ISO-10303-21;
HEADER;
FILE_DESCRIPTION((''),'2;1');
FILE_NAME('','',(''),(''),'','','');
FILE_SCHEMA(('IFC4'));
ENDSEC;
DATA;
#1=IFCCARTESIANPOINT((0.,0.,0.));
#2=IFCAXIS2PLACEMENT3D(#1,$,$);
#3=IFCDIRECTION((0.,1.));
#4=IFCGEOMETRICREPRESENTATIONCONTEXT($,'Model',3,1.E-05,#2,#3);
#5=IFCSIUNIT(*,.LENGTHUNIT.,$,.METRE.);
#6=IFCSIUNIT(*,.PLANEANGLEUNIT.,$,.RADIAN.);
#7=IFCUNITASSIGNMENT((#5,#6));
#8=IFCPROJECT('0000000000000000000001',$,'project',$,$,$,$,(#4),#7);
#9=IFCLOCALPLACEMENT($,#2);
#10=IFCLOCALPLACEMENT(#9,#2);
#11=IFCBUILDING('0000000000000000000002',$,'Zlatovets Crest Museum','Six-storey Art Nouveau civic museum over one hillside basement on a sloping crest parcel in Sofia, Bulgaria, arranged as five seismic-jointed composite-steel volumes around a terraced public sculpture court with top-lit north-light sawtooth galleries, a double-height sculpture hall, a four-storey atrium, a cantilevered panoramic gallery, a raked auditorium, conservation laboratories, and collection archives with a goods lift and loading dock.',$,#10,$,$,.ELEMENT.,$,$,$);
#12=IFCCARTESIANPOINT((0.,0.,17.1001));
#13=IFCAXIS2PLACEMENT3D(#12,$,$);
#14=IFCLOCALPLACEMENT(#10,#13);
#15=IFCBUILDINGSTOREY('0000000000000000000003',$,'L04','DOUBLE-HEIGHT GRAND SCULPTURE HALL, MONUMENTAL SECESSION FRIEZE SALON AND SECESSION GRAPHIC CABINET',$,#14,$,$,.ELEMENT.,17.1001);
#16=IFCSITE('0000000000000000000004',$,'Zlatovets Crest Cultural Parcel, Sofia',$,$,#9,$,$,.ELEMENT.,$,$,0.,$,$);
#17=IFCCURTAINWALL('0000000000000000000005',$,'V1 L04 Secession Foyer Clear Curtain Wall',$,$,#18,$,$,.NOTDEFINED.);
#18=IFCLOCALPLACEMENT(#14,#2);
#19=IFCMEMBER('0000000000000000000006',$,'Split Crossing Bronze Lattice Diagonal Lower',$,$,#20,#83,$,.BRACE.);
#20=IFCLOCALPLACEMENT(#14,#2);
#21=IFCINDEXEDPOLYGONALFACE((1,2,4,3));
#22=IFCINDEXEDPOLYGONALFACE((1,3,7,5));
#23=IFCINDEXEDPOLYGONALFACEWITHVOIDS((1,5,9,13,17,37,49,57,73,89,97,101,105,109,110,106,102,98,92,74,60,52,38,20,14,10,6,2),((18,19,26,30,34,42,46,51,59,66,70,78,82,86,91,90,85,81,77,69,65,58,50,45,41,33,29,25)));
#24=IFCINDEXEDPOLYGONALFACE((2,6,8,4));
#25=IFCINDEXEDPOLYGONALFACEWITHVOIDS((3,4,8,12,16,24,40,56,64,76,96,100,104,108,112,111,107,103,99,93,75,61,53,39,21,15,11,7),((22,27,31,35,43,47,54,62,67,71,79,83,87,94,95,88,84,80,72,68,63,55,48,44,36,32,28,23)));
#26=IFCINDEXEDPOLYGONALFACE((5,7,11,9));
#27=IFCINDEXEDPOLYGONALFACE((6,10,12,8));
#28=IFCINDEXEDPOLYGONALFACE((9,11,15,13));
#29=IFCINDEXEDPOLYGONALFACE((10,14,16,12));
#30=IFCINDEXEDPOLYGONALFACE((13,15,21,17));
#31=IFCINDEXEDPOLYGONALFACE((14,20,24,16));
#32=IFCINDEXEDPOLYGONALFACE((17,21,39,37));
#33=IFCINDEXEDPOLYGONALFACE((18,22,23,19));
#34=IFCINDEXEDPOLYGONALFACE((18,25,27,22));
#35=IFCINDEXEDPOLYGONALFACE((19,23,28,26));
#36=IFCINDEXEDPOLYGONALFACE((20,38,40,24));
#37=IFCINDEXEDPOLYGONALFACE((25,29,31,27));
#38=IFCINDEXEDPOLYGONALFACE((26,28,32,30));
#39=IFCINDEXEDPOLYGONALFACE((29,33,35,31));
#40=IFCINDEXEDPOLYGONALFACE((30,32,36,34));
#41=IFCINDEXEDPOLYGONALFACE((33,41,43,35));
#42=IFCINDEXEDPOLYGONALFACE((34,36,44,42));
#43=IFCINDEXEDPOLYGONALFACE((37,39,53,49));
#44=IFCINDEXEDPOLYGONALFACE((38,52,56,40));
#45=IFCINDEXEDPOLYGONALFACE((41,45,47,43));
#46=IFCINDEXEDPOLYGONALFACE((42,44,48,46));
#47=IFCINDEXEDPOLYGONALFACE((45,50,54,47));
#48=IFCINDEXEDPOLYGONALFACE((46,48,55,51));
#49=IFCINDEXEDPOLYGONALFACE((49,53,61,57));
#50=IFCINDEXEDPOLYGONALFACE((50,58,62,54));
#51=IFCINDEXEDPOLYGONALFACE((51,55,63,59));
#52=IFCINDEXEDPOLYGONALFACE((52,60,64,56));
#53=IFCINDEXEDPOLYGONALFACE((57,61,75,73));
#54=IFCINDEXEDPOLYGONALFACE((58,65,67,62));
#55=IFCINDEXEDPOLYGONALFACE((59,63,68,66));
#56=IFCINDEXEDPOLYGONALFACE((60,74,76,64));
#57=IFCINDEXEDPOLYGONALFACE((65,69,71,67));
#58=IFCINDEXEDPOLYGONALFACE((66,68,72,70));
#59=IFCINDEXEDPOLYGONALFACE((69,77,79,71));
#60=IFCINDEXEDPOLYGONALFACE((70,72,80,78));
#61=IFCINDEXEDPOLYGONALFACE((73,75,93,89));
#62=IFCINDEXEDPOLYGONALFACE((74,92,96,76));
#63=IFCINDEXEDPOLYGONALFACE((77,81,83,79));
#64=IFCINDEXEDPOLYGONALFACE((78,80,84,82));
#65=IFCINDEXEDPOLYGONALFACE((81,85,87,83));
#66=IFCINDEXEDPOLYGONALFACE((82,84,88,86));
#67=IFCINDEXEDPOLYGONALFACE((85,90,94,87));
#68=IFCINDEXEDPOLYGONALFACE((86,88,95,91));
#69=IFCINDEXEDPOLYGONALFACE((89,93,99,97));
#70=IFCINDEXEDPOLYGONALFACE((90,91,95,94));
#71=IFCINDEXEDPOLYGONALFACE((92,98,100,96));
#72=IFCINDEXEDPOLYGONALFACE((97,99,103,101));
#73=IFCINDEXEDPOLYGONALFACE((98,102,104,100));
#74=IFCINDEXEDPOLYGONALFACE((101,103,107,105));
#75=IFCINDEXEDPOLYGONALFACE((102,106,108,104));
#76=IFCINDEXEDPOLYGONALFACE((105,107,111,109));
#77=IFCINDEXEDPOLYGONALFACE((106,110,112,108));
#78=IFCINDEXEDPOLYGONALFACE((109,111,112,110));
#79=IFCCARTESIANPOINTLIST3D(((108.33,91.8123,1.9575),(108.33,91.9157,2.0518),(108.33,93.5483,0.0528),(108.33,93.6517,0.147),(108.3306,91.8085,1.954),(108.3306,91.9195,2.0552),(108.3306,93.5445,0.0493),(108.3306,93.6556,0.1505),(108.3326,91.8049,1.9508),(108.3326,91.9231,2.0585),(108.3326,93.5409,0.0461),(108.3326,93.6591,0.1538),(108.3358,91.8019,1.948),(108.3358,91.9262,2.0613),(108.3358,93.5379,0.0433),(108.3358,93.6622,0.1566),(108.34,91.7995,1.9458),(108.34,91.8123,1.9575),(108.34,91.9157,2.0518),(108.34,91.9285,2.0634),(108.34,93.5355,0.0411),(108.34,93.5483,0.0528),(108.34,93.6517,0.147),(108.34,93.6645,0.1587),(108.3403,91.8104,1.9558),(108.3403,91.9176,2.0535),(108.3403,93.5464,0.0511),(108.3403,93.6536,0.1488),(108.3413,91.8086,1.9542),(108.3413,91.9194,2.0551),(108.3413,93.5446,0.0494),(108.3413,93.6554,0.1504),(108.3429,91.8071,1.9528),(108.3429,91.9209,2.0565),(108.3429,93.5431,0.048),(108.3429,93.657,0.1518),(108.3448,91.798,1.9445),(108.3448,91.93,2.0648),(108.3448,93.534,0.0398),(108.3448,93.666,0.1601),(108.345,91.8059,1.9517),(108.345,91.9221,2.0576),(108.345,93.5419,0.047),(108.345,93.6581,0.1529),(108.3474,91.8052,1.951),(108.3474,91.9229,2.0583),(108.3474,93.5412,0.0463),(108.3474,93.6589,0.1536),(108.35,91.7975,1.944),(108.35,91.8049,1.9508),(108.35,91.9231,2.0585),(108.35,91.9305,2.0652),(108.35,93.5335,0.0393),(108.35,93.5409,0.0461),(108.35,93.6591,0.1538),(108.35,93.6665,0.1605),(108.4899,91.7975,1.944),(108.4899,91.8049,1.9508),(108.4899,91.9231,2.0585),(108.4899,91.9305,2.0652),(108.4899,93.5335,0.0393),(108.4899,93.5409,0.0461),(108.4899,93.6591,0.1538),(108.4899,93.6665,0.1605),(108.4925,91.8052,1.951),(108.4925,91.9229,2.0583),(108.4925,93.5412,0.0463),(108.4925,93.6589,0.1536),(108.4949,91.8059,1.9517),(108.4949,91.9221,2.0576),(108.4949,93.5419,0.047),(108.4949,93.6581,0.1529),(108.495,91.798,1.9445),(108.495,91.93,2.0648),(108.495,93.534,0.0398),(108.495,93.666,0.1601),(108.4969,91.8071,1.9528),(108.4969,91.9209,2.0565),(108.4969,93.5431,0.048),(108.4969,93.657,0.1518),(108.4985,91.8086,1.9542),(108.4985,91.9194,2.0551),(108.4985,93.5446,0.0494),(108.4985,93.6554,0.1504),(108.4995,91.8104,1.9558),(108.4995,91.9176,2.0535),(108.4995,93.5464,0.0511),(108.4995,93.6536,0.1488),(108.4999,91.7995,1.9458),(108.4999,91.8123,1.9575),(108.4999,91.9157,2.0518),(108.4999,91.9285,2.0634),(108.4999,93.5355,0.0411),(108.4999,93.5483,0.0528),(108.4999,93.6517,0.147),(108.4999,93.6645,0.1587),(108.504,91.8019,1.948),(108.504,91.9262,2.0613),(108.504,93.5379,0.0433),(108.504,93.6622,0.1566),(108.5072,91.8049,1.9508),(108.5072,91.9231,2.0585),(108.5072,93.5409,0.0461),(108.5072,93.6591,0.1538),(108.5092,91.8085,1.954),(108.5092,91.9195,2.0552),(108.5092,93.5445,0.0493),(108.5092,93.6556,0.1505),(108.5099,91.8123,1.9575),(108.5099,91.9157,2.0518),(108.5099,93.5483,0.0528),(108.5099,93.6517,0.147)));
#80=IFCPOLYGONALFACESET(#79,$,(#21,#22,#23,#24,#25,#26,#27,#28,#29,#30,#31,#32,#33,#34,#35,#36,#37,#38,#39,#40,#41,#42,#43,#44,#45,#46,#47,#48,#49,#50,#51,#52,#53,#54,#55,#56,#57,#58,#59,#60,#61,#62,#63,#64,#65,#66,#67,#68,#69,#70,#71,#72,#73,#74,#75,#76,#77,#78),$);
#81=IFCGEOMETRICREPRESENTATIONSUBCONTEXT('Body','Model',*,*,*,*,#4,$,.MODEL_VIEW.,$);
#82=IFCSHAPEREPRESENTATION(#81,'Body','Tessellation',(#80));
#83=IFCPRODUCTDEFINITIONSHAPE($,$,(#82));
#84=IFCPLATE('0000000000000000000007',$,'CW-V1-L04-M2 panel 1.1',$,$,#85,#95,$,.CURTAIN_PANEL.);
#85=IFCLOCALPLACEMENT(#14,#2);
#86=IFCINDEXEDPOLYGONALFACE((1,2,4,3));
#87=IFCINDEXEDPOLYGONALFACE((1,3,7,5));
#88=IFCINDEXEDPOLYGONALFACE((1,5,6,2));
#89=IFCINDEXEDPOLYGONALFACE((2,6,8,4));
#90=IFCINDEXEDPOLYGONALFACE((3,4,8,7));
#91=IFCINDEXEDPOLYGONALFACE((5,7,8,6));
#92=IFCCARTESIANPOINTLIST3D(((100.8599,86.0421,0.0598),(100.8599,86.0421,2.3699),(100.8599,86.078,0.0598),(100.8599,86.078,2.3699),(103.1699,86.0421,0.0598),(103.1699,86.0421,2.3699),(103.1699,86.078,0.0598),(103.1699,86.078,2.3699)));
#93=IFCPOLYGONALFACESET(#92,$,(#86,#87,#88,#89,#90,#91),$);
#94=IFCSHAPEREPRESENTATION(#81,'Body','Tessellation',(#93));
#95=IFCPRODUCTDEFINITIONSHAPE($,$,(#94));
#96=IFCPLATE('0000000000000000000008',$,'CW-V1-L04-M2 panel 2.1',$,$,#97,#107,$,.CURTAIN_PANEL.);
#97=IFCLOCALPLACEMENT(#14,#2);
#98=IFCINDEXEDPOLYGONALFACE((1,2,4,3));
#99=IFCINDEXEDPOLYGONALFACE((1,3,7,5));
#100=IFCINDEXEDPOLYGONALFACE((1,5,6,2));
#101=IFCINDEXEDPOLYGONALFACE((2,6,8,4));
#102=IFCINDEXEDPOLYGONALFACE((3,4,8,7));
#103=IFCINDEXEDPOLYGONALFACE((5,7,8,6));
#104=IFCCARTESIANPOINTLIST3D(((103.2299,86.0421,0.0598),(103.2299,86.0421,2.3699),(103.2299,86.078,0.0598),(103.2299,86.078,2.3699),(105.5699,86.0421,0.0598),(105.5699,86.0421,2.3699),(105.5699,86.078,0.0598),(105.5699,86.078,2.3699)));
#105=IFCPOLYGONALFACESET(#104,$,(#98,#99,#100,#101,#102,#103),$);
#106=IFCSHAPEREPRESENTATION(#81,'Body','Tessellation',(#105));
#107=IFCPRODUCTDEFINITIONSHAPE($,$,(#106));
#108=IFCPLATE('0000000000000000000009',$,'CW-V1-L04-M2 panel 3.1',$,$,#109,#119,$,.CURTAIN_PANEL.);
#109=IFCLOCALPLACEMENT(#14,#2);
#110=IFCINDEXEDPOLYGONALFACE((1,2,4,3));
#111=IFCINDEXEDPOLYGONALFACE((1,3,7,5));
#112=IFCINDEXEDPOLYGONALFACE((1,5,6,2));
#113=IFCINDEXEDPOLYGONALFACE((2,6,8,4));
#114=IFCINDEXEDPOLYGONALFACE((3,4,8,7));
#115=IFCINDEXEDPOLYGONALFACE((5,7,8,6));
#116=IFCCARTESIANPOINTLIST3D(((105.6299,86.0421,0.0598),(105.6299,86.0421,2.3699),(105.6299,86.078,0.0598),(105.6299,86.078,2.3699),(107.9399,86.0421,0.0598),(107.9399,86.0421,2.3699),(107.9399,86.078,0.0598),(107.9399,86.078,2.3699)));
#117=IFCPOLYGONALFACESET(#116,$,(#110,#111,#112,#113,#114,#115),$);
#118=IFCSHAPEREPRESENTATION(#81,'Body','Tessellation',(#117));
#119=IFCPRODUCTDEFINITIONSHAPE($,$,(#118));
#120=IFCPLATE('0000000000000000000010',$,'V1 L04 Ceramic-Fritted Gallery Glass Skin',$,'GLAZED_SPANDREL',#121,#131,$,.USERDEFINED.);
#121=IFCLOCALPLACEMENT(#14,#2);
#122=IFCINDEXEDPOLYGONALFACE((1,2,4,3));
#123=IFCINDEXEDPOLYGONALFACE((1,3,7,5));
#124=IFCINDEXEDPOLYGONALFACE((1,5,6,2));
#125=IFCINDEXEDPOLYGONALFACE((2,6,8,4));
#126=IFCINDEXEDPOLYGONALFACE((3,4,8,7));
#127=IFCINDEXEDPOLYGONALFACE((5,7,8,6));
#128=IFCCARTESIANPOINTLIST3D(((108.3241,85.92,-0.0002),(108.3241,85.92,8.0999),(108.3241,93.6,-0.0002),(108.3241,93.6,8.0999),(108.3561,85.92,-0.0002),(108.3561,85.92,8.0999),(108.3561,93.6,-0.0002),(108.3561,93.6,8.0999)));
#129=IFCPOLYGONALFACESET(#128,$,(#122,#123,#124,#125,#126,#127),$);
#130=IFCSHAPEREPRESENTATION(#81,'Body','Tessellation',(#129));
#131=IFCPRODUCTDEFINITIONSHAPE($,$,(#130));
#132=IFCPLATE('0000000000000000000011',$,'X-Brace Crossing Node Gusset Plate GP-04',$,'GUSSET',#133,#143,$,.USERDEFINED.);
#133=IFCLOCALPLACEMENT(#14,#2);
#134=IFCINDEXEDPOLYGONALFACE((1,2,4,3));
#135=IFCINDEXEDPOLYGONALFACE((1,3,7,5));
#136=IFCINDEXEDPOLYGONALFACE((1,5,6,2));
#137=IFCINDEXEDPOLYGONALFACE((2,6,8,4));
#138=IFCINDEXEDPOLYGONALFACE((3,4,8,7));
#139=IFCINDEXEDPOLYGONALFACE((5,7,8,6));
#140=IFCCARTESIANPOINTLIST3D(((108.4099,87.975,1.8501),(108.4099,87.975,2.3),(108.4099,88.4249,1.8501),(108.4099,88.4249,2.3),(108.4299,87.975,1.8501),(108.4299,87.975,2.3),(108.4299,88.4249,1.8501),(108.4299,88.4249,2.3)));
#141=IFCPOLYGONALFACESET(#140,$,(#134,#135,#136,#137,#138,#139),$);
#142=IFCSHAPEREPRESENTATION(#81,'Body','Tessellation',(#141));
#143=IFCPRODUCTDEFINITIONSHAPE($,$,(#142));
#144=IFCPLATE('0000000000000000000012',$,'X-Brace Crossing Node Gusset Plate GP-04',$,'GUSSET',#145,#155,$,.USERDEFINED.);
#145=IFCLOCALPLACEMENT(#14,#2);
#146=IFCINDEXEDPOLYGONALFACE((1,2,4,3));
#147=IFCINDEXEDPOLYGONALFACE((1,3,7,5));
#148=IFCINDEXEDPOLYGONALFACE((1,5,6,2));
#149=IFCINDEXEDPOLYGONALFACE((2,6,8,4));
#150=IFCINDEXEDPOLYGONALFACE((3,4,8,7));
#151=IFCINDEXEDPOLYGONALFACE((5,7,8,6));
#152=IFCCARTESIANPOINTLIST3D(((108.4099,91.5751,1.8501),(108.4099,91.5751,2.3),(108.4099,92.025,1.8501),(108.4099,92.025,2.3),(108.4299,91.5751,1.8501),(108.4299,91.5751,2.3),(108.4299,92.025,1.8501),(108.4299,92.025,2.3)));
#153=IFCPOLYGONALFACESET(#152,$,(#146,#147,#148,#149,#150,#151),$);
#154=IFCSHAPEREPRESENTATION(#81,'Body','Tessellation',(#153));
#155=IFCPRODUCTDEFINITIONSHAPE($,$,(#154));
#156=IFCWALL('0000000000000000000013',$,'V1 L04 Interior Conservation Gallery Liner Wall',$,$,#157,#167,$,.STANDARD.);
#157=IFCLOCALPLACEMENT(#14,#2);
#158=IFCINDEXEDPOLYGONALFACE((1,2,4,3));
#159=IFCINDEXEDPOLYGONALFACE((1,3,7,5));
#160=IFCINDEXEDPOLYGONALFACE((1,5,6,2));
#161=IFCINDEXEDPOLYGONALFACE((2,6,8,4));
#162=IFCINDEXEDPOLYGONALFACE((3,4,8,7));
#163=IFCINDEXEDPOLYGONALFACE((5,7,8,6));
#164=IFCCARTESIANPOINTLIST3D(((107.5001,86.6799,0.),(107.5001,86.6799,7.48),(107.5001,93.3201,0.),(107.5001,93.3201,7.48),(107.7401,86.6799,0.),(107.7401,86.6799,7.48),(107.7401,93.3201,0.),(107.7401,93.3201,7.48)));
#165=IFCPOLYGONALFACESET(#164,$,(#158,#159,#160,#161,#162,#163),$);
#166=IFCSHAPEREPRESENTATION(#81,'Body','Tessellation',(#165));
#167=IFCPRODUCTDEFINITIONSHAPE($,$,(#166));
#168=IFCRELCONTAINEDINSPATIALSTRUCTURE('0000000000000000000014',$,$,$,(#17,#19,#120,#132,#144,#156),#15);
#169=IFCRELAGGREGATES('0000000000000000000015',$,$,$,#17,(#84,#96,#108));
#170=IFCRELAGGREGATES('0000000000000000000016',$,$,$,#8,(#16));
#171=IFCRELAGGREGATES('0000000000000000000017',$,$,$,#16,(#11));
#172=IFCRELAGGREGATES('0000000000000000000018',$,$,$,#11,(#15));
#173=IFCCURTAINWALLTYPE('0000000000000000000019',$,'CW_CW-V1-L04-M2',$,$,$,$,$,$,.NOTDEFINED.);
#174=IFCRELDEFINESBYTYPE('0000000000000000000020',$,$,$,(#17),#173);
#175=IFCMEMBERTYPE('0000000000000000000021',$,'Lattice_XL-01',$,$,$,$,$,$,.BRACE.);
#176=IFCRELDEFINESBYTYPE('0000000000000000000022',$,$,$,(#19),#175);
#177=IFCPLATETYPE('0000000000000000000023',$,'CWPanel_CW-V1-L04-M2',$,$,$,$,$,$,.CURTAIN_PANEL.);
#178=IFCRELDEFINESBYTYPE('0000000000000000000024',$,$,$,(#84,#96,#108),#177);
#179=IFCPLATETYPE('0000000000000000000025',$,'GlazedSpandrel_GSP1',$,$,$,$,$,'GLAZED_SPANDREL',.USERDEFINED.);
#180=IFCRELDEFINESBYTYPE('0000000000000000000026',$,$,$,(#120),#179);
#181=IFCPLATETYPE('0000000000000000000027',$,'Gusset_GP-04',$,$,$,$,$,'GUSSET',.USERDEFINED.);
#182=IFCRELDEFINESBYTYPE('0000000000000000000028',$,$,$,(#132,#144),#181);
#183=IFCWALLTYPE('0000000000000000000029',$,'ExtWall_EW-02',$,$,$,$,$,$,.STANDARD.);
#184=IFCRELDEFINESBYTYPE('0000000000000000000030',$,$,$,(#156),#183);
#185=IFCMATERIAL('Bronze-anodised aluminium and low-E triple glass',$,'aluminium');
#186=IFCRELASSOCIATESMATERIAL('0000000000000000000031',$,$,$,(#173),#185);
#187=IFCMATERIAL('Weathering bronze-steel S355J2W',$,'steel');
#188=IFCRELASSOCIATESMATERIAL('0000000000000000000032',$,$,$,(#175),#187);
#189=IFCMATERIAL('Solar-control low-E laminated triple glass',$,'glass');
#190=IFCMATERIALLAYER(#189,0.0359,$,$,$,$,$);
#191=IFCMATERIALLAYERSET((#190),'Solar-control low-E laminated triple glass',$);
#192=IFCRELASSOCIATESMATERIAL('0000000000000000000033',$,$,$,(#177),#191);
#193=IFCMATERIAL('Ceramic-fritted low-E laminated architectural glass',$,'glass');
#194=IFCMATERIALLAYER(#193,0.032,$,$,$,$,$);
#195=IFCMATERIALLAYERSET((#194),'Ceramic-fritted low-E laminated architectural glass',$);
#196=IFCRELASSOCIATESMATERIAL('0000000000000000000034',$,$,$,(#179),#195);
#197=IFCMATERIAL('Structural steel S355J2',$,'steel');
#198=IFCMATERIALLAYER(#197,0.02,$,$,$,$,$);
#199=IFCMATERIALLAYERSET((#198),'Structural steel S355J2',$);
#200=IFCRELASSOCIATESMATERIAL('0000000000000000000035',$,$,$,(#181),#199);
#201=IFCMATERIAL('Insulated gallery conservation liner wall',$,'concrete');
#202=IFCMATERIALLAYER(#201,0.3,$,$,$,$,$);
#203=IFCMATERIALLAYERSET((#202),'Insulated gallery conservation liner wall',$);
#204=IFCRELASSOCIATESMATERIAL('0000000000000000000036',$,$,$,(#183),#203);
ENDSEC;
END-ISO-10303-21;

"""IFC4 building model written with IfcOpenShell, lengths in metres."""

from ifc_helpers import new_model, si_unit, direction, frame, frame_2d, origin, origin_2d, place, context, subcontext, project, spatial, rectangle, hollow_rectangle, extrude, material, layer, layer_set, material_profile, profile_set, type_object, element, aggregate, save


model = new_model("IFC4")

# Units and contexts
model_context = context("Model", 3, precision=1e-05, world=origin(), true_north=direction((0.0, 1.0)))
body_context = subcontext(model_context, "Body", "Model", "MODEL_VIEW")
ifc_project = project(units=[si_unit("LENGTHUNIT", "METRE"), si_unit("PLANEANGLEUNIT", "RADIAN")], contexts=[model_context])

# Site, building, storey
site_placement = place(None, origin())
site = spatial("IfcSite", under=ifc_project, at=site_placement, Name="Zlatovets Crest Cultural Parcel, Sofia", CompositionType="ELEMENT", RefElevation=0.0)
building_placement = place(site_placement, origin())
building = spatial("IfcBuilding", under=site, at=building_placement, Name="Zlatovets Crest Museum", Description="Six-storey Art Nouveau civic museum over one hillside basement on a sloping crest parcel in Sofia, Bulgaria, arranged as five seismic-jointed composite-steel volumes around a terraced public sculpture court with top-lit north-light sawtooth galleries, a double-height sculpture hall, a four-storey atrium, a cantilevered panoramic gallery, a raked auditorium, conservation laboratories, and collection archives with a goods lift and loading dock.", CompositionType="ELEMENT")
storey_placement = place(building_placement, frame((0.0, 0.0, 17.1001)))
storey = spatial("IfcBuildingStorey", under=building, at=storey_placement, Name="L04", Description="DOUBLE-HEIGHT GRAND SCULPTURE HALL, MONUMENTAL SECESSION FRIEZE SALON AND SECESSION GRAPHIC CABINET", CompositionType="ELEMENT", Elevation=17.1001)

# Shared definitions
ifc_material_1 = material(Name="Structural steel S355J2", Category="steel")

# Curtain wall
ifc_material_2 = material(Name="Bronze-anodised aluminium and low-E triple glass", Category="aluminium")
curtain_wall_type = type_object("IfcCurtainWallType", Name="CW_CW-V1-L04-M2", PredefinedType="NOTDEFINED", material=ifc_material_2)
curtain_wall_placement = place(storey_placement, origin())
curtain_wall = element("IfcCurtainWall", 1, at=curtain_wall_placement, inside=storey, type_object=curtain_wall_type, Name="V1 L04 Secession Foyer Clear Curtain Wall", PredefinedType="NOTDEFINED")

# Member
ifc_material_3 = material(Name="Weathering bronze-steel S355J2W", Category="steel")
ifc_material_profile_1 = material_profile(ifc_material_3, hollow_rectangle(XDim=0.1799, YDim=0.1799, WallThickness=0.01, InnerFilletRadius=0.01, OuterFilletRadius=0.02, at=origin_2d()), Name="SHS 180x180x10.0")
ifc_profile_set_1 = profile_set([ifc_material_profile_1], Name="Weathering bronze-steel S355J2W")
member_type_1 = type_object("IfcMemberType", Name="Lattice_XL-01", PredefinedType="BRACE", material=ifc_profile_set_1)
member_1_placement = place(storey_placement, frame((108.4199, 91.864, 2.0046), z_axis=(0.0, 0.67362, -0.739078), x_axis=(-1.0, 0.0, 0.0)))
element("IfcMember", 2, at=member_1_placement, inside=storey, type_object=member_type_1, Name="Split Crossing Bronze Lattice Diagonal Lower", PredefinedType="BRACE", context=body_context, shape_type="SweptSolid", body=[
    extrude(hollow_rectangle(XDim=0.1799, YDim=0.1799, WallThickness=0.01, InnerFilletRadius=0.01, OuterFilletRadius=0.02, at=origin_2d()), origin(), (0.0, 0.0, 1.0), 2.5771),
])

# Plates
ifc_material_4 = material(Name="Solar-control low-E laminated triple glass", Category="glass")
ifc_layer_1 = layer(ifc_material_4, 0.0359)
ifc_layer_set_1 = layer_set([ifc_layer_1], Name="Solar-control low-E laminated triple glass")
plate_type_1 = type_object("IfcPlateType", Name="CWPanel_CW-V1-L04-M2", PredefinedType="CURTAIN_PANEL", material=ifc_layer_set_1)
plate_1_placement = place(storey_placement, frame((102.0149, 86.0601, 0.0598), z_axis=(0.0, 0.0, 1.0), x_axis=(1.0, 0.0, 0.0)))
plate_1 = element("IfcPlate", 3, at=plate_1_placement, type_object=plate_type_1, Name="CW-V1-L04-M2 panel 1.1", PredefinedType="CURTAIN_PANEL", context=body_context, shape_type="SweptSolid", body=[
    extrude(rectangle(XDim=2.3101, YDim=0.0359, at=origin_2d()), origin(), (0.0, 0.0, 1.0), 2.3101),
])
plate_2_placement = place(storey_placement, frame((104.3999, 86.0601, 0.0598), z_axis=(0.0, 0.0, 1.0), x_axis=(1.0, 0.0, 0.0)))
plate_2 = element("IfcPlate", 4, at=plate_2_placement, type_object=plate_type_1, Name="CW-V1-L04-M2 panel 2.1", PredefinedType="CURTAIN_PANEL", context=body_context, shape_type="SweptSolid", body=[
    extrude(rectangle(XDim=2.3401, YDim=0.0359, at=origin_2d()), origin(), (0.0, 0.0, 1.0), 2.3101),
])
plate_3_placement = place(storey_placement, frame((106.7849, 86.0601, 0.0598), z_axis=(0.0, 0.0, 1.0), x_axis=(1.0, 0.0, 0.0)))
plate_3 = element("IfcPlate", 5, at=plate_3_placement, type_object=plate_type_1, Name="CW-V1-L04-M2 panel 3.1", PredefinedType="CURTAIN_PANEL", context=body_context, shape_type="SweptSolid", body=[
    extrude(rectangle(XDim=2.3101, YDim=0.0359, at=origin_2d()), origin(), (0.0, 0.0, 1.0), 2.3101),
])
aggregate(curtain_wall, [plate_1, plate_2, plate_3])

# Plates
ifc_material_5 = material(Name="Ceramic-fritted low-E laminated architectural glass", Category="glass")
ifc_layer_2 = layer(ifc_material_5, 0.032)
ifc_layer_set_2 = layer_set([ifc_layer_2], Name="Ceramic-fritted low-E laminated architectural glass")
plate_type_2 = type_object("IfcPlateType", Name="GlazedSpandrel_GSP1", ElementType="GLAZED_SPANDREL", PredefinedType="USERDEFINED", material=ifc_layer_set_2)
plate_4_placement = place(storey_placement, frame((108.3401, 89.76, -0.0002), z_axis=(0.0, 0.0, 1.0), x_axis=(0.0, 1.0, 0.0)))
element("IfcPlate", 6, at=plate_4_placement, inside=storey, type_object=plate_type_2, Name="V1 L04 Ceramic-Fritted Gallery Glass Skin", ObjectType="GLAZED_SPANDREL", PredefinedType="USERDEFINED", context=body_context, shape_type="SweptSolid", body=[
    extrude(rectangle(XDim=7.6799, YDim=0.032, at=origin_2d()), origin(), (0.0, 0.0, 1.0), 8.1001),
])
ifc_layer_3 = layer(ifc_material_1, 0.02)
ifc_layer_set_3 = layer_set([ifc_layer_3], Name="Structural steel S355J2")
plate_type_3 = type_object("IfcPlateType", Name="Gusset_GP-04", ElementType="GUSSET", PredefinedType="USERDEFINED", material=ifc_layer_set_3)
for number, where, z_axis, x_axis, name in (
    (7, (108.4199, 88.2, 1.8501), (0.0, 0.0, 1.0), (1.0, 0.0, 0.0), "X-Brace Crossing Node Gusset Plate GP-04"),
    (8, (108.4199, 91.8, 1.8501), (0.0, 0.0, 1.0), (1.0, 0.0, 0.0), "X-Brace Crossing Node Gusset Plate GP-04"),
):
    element("IfcPlate", number, at=place(storey_placement, frame(where, z_axis=z_axis, x_axis=x_axis)), inside=storey, type_object=plate_type_3, Name=name, ObjectType="GUSSET", PredefinedType="USERDEFINED", context=body_context, shape_type="SweptSolid", body=[
        extrude(rectangle(XDim=0.02, YDim=0.45, at=origin_2d()), origin(), (0.0, 0.0, 1.0), 0.45),
    ])

# Wall
ifc_material_6 = material(Name="Insulated gallery conservation liner wall", Category="concrete")
ifc_layer_4 = layer(ifc_material_6, 0.3)
ifc_layer_set_4 = layer_set([ifc_layer_4], Name="Insulated gallery conservation liner wall")
wall_type = type_object("IfcWallType", Name="ExtWall_EW-02", PredefinedType="STANDARD", material=ifc_layer_set_4)
wall_placement = place(storey_placement, frame((107.6201, 86.6799, 0.0), z_axis=(0.0, 0.0, 1.0), x_axis=(0.0, 1.0, 0.0)))
element("IfcWall", 9, at=wall_placement, inside=storey, type_object=wall_type, Name="V1 L04 Interior Conservation Gallery Liner Wall", PredefinedType="STANDARD", context=body_context, shape_type="SweptSolid", body=[
    extrude(rectangle(XDim=6.6401, YDim=0.24, at=frame_2d((3.3201, 0.0))), origin(), (0.0, 0.0, 1.0), 7.48),
])

save(model, "model.ifc")
